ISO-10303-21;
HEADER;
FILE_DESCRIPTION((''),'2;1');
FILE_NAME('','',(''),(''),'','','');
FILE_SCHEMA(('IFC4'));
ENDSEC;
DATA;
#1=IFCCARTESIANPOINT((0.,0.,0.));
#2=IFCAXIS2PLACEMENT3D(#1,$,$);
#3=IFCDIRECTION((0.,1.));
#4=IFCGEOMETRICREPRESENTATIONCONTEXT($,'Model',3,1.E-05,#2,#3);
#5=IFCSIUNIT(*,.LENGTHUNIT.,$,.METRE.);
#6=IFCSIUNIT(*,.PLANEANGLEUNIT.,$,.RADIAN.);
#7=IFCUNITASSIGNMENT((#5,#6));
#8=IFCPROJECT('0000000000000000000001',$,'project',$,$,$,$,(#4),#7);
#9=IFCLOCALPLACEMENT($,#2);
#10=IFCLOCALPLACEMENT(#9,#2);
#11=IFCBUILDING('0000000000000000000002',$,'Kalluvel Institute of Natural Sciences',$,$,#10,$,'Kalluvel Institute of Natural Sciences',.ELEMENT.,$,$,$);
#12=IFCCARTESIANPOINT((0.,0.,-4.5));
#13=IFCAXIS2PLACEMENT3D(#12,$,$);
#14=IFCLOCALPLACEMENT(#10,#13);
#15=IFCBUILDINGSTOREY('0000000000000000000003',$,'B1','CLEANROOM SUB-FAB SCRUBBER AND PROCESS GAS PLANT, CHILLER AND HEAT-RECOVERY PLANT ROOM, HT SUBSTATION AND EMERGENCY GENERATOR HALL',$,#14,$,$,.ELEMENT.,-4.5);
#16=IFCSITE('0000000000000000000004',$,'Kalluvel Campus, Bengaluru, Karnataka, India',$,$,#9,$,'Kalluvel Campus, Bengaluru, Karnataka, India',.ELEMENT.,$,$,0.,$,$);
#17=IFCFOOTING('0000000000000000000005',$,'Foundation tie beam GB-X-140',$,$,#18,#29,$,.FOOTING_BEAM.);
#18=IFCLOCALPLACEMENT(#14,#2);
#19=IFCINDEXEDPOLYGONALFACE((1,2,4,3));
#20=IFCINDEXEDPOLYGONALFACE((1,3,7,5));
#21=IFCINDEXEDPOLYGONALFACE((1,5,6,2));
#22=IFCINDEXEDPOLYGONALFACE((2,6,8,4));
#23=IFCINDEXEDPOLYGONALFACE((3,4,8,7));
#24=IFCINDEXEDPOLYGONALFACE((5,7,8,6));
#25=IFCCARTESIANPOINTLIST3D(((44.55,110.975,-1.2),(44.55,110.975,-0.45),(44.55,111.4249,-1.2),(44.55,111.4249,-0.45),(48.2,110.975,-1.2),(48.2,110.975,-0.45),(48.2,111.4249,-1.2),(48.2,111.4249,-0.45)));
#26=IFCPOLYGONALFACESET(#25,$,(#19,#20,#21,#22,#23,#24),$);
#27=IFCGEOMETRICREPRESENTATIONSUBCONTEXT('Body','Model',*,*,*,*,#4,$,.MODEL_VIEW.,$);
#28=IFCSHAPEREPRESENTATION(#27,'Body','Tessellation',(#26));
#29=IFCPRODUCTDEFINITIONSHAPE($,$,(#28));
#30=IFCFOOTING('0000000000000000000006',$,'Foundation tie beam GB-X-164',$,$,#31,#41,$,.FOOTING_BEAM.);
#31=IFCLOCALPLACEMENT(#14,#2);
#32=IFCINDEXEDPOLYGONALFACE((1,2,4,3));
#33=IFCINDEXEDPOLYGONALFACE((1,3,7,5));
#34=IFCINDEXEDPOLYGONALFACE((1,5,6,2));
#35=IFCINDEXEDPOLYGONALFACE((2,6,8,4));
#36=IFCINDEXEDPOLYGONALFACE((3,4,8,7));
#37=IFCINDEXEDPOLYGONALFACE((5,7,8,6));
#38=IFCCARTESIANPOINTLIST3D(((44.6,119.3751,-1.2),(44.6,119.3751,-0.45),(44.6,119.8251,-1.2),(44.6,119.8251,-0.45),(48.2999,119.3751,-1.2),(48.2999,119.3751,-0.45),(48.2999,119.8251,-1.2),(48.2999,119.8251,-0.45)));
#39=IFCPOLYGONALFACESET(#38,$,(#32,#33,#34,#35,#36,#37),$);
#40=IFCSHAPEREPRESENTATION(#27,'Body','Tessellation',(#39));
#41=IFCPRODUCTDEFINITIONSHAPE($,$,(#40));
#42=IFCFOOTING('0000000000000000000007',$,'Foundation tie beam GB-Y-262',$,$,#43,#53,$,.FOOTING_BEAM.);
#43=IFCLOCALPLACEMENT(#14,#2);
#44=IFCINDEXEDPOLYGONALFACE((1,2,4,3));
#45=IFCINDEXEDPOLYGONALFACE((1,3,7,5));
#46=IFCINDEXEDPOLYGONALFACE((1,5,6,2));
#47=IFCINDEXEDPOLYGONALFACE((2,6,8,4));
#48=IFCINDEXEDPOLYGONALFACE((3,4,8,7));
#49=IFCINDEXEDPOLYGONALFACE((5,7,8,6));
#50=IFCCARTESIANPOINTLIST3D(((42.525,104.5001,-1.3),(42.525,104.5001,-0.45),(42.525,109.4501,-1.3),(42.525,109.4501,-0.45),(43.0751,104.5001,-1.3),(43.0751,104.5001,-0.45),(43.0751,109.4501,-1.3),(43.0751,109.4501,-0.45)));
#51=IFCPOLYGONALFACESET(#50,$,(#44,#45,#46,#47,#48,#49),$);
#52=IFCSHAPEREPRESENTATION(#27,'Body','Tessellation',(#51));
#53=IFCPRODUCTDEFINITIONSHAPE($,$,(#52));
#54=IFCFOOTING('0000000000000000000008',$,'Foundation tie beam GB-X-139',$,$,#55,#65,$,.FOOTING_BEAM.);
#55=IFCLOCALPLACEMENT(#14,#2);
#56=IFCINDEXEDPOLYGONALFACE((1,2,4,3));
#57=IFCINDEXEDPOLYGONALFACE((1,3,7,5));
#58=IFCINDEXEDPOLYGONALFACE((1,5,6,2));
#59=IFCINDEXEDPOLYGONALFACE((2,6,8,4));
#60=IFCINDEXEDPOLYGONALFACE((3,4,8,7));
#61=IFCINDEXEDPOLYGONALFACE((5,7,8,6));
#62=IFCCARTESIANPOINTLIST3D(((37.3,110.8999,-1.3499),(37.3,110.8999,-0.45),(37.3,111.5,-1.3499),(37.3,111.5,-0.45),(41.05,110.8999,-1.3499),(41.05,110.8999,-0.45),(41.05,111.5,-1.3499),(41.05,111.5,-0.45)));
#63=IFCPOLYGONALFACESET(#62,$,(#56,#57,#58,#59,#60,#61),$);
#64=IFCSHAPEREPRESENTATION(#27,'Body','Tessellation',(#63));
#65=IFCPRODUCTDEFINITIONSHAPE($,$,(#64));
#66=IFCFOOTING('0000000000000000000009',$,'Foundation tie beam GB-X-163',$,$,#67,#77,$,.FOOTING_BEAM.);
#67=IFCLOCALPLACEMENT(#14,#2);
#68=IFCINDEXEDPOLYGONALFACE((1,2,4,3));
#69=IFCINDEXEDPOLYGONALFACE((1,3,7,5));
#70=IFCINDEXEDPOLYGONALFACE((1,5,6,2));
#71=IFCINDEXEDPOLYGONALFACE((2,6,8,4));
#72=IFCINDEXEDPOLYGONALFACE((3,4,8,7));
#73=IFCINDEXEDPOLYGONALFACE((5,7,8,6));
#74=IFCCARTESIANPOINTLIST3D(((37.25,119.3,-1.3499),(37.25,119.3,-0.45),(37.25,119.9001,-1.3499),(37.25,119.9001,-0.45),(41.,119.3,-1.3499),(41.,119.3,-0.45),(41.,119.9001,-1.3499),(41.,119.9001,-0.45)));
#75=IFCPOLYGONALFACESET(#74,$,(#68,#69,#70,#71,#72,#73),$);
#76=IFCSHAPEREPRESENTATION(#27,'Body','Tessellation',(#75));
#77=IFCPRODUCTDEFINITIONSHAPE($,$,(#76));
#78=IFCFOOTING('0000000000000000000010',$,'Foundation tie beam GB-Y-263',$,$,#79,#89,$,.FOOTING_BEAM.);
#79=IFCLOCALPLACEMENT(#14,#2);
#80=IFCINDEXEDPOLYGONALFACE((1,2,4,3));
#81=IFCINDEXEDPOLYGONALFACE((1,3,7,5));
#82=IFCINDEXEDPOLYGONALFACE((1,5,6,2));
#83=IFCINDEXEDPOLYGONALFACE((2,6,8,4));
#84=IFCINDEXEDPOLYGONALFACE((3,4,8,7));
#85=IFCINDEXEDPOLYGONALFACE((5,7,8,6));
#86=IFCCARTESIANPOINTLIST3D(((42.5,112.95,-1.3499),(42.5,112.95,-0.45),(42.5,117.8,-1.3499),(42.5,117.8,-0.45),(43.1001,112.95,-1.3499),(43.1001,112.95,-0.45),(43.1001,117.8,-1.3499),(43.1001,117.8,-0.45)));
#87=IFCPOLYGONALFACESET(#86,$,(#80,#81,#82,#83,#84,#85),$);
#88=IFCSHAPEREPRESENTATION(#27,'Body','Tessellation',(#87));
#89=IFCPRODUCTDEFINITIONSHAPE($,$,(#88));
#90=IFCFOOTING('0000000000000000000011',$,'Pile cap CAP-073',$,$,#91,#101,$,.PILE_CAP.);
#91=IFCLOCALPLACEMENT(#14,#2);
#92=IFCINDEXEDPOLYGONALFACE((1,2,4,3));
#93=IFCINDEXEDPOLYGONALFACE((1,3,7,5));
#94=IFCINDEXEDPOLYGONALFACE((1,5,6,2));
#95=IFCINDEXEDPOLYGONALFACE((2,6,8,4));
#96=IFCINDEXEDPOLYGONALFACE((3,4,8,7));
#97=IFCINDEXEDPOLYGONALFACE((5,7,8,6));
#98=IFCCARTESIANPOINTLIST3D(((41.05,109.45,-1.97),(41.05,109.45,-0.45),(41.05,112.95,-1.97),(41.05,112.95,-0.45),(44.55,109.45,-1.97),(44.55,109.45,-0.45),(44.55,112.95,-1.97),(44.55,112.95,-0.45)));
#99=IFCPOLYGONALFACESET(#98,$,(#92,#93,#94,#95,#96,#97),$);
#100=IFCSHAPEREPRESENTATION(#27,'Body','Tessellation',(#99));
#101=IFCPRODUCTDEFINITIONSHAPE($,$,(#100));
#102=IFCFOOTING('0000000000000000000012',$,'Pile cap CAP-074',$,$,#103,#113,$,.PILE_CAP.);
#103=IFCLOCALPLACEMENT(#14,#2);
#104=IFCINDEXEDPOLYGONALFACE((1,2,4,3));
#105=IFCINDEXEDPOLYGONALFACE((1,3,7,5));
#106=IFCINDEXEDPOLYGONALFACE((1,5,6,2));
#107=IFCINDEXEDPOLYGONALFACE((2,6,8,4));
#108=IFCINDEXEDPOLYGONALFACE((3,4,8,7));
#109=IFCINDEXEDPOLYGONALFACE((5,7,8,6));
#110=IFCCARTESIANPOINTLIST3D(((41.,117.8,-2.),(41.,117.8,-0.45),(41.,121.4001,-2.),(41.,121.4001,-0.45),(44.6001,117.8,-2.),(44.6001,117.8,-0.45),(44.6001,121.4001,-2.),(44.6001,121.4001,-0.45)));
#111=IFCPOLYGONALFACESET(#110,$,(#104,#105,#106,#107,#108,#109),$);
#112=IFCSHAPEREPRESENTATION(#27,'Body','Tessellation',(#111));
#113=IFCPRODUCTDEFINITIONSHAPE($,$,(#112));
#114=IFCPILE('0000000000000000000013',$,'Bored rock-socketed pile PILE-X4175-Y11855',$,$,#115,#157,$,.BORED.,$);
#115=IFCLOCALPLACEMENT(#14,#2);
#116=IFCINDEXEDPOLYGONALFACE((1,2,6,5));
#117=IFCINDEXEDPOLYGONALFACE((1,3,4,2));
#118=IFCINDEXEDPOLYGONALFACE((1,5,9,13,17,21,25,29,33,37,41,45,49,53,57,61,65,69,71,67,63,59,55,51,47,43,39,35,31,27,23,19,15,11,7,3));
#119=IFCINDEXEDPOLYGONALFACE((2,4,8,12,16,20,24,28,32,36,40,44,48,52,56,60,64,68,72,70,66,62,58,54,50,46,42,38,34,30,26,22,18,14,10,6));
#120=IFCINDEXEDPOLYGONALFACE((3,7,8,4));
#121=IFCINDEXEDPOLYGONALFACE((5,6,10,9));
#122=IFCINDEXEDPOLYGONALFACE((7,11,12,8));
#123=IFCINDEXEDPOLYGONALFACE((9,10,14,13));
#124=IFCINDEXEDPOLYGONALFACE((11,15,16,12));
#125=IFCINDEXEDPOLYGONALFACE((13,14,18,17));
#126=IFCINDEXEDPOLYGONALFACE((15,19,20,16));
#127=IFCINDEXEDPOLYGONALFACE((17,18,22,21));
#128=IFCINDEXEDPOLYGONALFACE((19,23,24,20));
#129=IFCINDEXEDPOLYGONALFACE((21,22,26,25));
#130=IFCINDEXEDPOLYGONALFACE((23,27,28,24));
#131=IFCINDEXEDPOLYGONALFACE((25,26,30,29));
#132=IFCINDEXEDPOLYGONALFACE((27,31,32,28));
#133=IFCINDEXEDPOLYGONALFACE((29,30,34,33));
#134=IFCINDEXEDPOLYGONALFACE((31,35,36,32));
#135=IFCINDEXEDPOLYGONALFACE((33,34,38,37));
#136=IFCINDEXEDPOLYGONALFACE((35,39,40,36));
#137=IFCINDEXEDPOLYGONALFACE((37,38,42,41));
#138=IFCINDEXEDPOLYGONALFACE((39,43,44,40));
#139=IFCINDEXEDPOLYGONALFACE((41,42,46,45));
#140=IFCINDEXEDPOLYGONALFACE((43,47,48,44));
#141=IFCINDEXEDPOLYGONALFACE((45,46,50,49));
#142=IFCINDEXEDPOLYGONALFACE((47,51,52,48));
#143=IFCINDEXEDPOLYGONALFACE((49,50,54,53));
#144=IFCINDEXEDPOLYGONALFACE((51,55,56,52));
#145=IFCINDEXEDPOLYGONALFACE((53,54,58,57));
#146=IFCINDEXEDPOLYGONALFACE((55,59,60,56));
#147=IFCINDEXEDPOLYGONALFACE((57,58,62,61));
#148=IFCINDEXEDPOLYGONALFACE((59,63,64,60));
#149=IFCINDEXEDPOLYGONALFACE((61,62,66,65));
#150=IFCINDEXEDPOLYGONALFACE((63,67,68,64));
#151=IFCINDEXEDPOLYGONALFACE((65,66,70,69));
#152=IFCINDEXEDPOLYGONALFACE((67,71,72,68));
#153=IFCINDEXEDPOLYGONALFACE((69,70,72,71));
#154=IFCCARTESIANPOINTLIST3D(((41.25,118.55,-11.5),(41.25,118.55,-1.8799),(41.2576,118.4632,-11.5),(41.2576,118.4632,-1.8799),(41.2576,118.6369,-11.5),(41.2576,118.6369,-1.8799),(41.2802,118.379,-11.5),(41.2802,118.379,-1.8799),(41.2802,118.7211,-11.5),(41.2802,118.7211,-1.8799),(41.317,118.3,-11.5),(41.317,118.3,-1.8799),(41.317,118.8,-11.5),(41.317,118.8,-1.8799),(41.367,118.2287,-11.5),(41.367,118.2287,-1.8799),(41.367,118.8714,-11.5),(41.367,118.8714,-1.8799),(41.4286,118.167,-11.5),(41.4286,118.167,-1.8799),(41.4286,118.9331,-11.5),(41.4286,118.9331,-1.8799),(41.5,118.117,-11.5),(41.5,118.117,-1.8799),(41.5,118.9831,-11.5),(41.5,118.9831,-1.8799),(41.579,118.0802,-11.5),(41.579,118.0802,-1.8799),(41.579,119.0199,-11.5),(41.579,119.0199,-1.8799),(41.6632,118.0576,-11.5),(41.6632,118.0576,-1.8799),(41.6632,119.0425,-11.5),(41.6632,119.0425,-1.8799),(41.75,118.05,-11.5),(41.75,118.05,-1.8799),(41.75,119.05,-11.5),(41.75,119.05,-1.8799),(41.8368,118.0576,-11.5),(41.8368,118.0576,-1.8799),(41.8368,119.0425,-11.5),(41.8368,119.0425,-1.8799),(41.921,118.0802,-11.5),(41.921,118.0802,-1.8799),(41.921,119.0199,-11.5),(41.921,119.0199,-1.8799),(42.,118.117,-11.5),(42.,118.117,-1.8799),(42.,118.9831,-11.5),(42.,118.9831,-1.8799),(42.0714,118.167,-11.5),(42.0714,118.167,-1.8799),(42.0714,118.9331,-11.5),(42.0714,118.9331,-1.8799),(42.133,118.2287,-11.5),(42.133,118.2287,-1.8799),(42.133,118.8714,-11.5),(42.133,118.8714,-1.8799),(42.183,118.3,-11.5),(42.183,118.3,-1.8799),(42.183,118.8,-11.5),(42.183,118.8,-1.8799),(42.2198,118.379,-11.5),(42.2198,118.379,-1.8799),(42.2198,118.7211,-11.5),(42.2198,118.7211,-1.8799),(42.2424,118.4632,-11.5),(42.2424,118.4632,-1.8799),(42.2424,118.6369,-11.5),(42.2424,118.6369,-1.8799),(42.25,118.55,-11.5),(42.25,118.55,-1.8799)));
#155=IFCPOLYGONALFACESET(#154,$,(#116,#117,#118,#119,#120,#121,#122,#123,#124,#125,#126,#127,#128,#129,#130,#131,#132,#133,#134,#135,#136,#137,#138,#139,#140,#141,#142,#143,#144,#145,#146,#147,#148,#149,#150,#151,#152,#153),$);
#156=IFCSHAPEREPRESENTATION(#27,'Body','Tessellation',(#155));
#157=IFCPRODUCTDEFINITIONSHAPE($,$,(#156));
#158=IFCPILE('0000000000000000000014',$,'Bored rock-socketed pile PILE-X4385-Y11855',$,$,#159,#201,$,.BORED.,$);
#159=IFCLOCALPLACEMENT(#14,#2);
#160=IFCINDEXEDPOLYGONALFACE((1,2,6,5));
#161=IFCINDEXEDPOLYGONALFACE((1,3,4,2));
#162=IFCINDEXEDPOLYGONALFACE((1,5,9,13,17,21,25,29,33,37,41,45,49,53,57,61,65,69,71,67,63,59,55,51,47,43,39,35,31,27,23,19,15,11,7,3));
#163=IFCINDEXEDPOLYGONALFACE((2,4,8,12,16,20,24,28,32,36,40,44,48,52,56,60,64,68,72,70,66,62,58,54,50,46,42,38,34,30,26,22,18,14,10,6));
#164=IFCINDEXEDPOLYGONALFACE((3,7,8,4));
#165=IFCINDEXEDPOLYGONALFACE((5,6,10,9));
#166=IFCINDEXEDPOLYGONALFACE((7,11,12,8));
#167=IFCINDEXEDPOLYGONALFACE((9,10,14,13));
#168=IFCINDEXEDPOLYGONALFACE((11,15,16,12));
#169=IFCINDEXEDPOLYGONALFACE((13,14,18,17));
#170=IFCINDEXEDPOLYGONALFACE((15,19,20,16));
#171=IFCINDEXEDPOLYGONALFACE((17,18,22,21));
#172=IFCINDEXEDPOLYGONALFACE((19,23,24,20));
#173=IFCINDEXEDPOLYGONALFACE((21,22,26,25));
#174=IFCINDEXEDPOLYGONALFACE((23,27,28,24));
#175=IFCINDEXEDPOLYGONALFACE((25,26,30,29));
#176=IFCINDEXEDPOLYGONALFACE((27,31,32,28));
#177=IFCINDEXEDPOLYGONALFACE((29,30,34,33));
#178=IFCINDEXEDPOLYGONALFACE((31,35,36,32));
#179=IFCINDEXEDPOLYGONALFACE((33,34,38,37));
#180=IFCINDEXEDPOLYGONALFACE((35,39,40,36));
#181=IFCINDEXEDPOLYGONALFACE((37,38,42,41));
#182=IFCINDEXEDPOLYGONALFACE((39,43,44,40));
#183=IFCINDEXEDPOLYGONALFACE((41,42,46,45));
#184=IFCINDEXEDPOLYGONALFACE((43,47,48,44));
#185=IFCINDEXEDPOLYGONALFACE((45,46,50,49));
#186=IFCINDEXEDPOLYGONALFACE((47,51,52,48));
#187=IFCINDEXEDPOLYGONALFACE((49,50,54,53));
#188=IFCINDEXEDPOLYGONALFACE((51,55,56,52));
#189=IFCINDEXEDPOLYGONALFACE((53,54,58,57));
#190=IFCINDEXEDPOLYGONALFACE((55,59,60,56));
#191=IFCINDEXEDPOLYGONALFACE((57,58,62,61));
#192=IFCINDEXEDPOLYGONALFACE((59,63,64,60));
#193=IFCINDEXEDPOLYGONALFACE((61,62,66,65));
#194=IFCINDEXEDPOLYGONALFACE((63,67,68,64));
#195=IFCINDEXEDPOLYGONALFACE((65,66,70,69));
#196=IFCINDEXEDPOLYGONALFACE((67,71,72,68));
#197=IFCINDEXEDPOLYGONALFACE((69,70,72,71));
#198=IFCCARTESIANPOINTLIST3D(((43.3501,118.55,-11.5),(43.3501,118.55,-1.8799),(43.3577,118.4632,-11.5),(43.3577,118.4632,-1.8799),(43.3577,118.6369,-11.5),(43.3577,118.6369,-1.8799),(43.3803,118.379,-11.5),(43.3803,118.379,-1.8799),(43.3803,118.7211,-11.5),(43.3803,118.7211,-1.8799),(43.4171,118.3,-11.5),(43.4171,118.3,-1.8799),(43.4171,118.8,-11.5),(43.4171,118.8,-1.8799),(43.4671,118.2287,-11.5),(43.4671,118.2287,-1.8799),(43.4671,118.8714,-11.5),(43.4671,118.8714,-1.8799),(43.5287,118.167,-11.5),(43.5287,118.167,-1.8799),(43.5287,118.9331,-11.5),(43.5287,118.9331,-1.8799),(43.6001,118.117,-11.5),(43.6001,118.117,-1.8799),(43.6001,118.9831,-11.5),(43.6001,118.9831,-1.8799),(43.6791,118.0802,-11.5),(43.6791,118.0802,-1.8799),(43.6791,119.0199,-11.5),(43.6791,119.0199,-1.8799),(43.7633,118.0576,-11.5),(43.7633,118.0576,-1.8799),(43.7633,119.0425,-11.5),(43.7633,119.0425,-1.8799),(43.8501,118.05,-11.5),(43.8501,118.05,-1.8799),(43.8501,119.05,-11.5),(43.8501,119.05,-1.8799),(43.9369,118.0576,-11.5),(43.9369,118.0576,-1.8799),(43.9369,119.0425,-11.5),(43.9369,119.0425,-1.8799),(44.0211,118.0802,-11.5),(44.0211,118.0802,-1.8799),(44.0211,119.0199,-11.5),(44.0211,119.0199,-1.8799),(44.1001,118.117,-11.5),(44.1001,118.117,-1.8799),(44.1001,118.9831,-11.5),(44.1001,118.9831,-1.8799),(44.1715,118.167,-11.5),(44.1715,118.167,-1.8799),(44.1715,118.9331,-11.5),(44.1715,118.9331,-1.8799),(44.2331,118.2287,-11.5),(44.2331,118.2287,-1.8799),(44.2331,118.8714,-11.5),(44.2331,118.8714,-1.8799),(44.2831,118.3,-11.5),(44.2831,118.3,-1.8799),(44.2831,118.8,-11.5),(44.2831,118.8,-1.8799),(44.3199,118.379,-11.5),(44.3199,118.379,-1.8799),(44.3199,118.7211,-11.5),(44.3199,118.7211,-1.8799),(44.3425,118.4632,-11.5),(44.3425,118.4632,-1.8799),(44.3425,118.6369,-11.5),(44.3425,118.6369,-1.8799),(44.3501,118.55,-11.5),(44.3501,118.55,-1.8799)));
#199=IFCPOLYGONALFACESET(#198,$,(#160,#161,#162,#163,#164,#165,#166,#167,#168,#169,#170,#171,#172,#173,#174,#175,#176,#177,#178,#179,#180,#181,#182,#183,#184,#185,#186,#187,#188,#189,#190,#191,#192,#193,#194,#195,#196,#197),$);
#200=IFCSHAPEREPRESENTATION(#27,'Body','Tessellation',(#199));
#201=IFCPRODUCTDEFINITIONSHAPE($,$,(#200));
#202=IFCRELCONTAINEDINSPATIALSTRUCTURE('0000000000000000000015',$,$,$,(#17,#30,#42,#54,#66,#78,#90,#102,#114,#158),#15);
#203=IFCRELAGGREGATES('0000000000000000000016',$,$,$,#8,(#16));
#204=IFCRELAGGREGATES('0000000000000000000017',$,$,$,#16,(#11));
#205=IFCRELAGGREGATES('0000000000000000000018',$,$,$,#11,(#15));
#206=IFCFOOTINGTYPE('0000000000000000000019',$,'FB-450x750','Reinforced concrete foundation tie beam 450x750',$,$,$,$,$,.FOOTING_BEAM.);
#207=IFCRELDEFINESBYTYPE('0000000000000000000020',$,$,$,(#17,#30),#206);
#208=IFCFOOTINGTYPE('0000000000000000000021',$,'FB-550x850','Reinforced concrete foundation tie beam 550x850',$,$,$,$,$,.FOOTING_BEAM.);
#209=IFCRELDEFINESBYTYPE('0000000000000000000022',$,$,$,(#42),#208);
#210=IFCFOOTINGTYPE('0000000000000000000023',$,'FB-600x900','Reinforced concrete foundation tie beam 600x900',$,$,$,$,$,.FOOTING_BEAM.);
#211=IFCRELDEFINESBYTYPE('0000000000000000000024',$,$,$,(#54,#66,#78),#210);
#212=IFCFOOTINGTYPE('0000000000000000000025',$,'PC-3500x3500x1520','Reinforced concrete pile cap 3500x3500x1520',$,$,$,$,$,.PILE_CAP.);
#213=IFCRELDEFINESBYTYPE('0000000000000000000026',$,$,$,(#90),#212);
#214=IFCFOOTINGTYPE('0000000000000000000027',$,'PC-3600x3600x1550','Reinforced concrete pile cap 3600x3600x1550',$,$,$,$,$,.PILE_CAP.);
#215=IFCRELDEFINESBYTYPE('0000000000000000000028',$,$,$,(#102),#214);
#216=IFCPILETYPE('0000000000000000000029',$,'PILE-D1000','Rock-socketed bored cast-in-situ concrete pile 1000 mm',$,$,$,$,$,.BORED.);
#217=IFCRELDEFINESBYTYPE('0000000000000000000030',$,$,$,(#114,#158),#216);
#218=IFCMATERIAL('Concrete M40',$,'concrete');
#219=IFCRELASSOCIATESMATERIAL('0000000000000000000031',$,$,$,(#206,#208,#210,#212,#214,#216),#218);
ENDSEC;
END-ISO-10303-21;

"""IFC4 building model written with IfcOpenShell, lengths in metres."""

from ifc_helpers import new_model, si_unit, direction, frame, origin, origin_2d, place, context, subcontext, project, spatial, rectangle, circle, extrude, material, material_profile, profile_set, type_object, element, save


model = new_model("IFC4")

# Units and contexts
model_context = context("Model", 3, precision=1e-05, world=origin(), true_north=direction((0.0, 1.0)))
body_context = subcontext(model_context, "Body", "Model", "MODEL_VIEW")
ifc_project = project(units=[si_unit("LENGTHUNIT", "METRE"), si_unit("PLANEANGLEUNIT", "RADIAN")], contexts=[model_context])

# Site, building, storey
site_placement = place(None, origin())
site = spatial("IfcSite", under=ifc_project, at=site_placement, Name="Kalluvel Campus, Bengaluru, Karnataka, India", LongName="Kalluvel Campus, Bengaluru, Karnataka, India", CompositionType="ELEMENT", RefElevation=0.0)
building_placement = place(site_placement, origin())
building = spatial("IfcBuilding", under=site, at=building_placement, Name="Kalluvel Institute of Natural Sciences", LongName="Kalluvel Institute of Natural Sciences", CompositionType="ELEMENT")
storey_placement = place(building_placement, frame((0.0, 0.0, -4.5)))
storey = spatial("IfcBuildingStorey", under=building, at=storey_placement, Name="B1", Description="CLEANROOM SUB-FAB SCRUBBER AND PROCESS GAS PLANT, CHILLER AND HEAT-RECOVERY PLANT ROOM, HT SUBSTATION AND EMERGENCY GENERATOR HALL", CompositionType="ELEMENT", Elevation=-4.5)

# Footings
ifc_material_1 = material(Name="Concrete M40", Category="concrete")
footing_type_1 = type_object("IfcFootingType", Name="FB-450x750", Description="Reinforced concrete foundation tie beam 450x750", PredefinedType="FOOTING_BEAM", material=ifc_material_1)
footing_1_placement = place(storey_placement, frame((46.375, 111.2, -1.2), z_axis=(0.0, 0.0, 1.0), x_axis=(1.0, 0.0, 0.0)))
element("IfcFooting", 1, at=footing_1_placement, inside=storey, type_object=footing_type_1, Name="Foundation tie beam GB-X-140", PredefinedType="FOOTING_BEAM", context=body_context, shape_type="SweptSolid", body=[
    extrude(rectangle(XDim=3.6499, YDim=0.45, at=origin_2d()), origin(), (0.0, 0.0, 1.0), 0.75),
])
footing_2_placement = place(storey_placement, frame((46.45, 119.6001, -1.2), z_axis=(0.0, 0.0, 1.0), x_axis=(1.0, 0.0, 0.0)))
element("IfcFooting", 2, at=footing_2_placement, inside=storey, type_object=footing_type_1, Name="Foundation tie beam GB-X-164", PredefinedType="FOOTING_BEAM", context=body_context, shape_type="SweptSolid", body=[
    extrude(rectangle(XDim=3.7, YDim=0.45, at=origin_2d()), origin(), (0.0, 0.0, 1.0), 0.75),
])
footing_type_2 = type_object("IfcFootingType", Name="FB-550x850", Description="Reinforced concrete foundation tie beam 550x850", PredefinedType="FOOTING_BEAM", material=ifc_material_1)
footing_3_placement = place(storey_placement, frame((42.8, 106.9751, -1.3), z_axis=(0.0, 0.0, 1.0), x_axis=(1.0, 0.0, 0.0)))
element("IfcFooting", 3, at=footing_3_placement, inside=storey, type_object=footing_type_2, Name="Foundation tie beam GB-Y-262", PredefinedType="FOOTING_BEAM", context=body_context, shape_type="SweptSolid", body=[
    extrude(rectangle(XDim=0.55, YDim=4.95, at=origin_2d()), origin(), (0.0, 0.0, 1.0), 0.8501),
])
footing_type_3 = type_object("IfcFootingType", Name="FB-600x900", Description="Reinforced concrete foundation tie beam 600x900", PredefinedType="FOOTING_BEAM", material=ifc_material_1)
for number, where, z_axis, x_axis, name in (
    (4, (39.175, 111.2, -1.3499), (0.0, 0.0, 1.0), (1.0, 0.0, 0.0), "Foundation tie beam GB-X-139"),
    (5, (39.125, 119.6001, -1.3499), (0.0, 0.0, 1.0), (1.0, 0.0, 0.0), "Foundation tie beam GB-X-163"),
):
    element("IfcFooting", number, at=place(storey_placement, frame(where, z_axis=z_axis, x_axis=x_axis)), inside=storey, type_object=footing_type_3, Name=name, PredefinedType="FOOTING_BEAM", context=body_context, shape_type="SweptSolid", body=[
        extrude(rectangle(XDim=3.75, YDim=0.6001, at=origin_2d()), origin(), (0.0, 0.0, 1.0), 0.8999),
    ])
footing_4_placement = place(storey_placement, frame((42.8, 115.375, -1.3499), z_axis=(0.0, 0.0, 1.0), x_axis=(1.0, 0.0, 0.0)))
element("IfcFooting", 6, at=footing_4_placement, inside=storey, type_object=footing_type_3, Name="Foundation tie beam GB-Y-263", PredefinedType="FOOTING_BEAM", context=body_context, shape_type="SweptSolid", body=[
    extrude(rectangle(XDim=0.6001, YDim=4.8501, at=origin_2d()), origin(), (0.0, 0.0, 1.0), 0.8999),
])
footing_type_4 = type_object("IfcFootingType", Name="PC-3500x3500x1520", Description="Reinforced concrete pile cap 3500x3500x1520", PredefinedType="PILE_CAP", material=ifc_material_1)
footing_5_placement = place(storey_placement, frame((42.8, 111.2, -1.97), z_axis=(0.0, 0.0, 1.0), x_axis=(1.0, 0.0, 0.0)))
element("IfcFooting", 7, at=footing_5_placement, inside=storey, type_object=footing_type_4, Name="Pile cap CAP-073", PredefinedType="PILE_CAP", context=body_context, shape_type="SweptSolid", body=[
    extrude(rectangle(XDim=3.5, YDim=3.5, at=origin_2d()), origin(), (0.0, 0.0, 1.0), 1.52),
])
footing_type_5 = type_object("IfcFootingType", Name="PC-3600x3600x1550", Description="Reinforced concrete pile cap 3600x3600x1550", PredefinedType="PILE_CAP", material=ifc_material_1)
footing_6_placement = place(storey_placement, frame((42.8, 119.6001, -2.0), z_axis=(0.0, 0.0, 1.0), x_axis=(1.0, 0.0, 0.0)))
element("IfcFooting", 8, at=footing_6_placement, inside=storey, type_object=footing_type_5, Name="Pile cap CAP-074", PredefinedType="PILE_CAP", context=body_context, shape_type="SweptSolid", body=[
    extrude(rectangle(XDim=3.6001, YDim=3.6001, at=origin_2d()), origin(), (0.0, 0.0, 1.0), 1.55),
])

# Piles
ifc_material_profile_1 = material_profile(ifc_material_1, circle(Radius=0.5, at=origin_2d()), Name="PILE D1000")
ifc_profile_set_1 = profile_set([ifc_material_profile_1], Name="Concrete M40")
pile_type_1 = type_object("IfcPileType", Name="PILE-D1000", Description="Rock-socketed bored cast-in-situ concrete pile 1000 mm", PredefinedType="BORED", material=ifc_profile_set_1)
for number, where, z_axis, x_axis, name in (
    (9, (41.75, 118.55, -1.8799), (0.0, 0.0, -1.0), (1.0, 0.0, 0.0), "Bored rock-socketed pile PILE-X4175-Y11855"),
    (10, (43.8501, 118.55, -1.8799), (0.0, 0.0, -1.0), (1.0, 0.0, 0.0), "Bored rock-socketed pile PILE-X4385-Y11855"),
):
    element("IfcPile", number, at=place(storey_placement, frame(where, z_axis=z_axis, x_axis=x_axis)), inside=storey, type_object=pile_type_1, Name=name, PredefinedType="BORED", context=body_context, shape_type="SweptSolid", body=[
        extrude(circle(Radius=0.5, at=origin_2d()), origin(), (0.0, 0.0, 1.0), 9.6201),
    ])

save(model, "model.ifc")
